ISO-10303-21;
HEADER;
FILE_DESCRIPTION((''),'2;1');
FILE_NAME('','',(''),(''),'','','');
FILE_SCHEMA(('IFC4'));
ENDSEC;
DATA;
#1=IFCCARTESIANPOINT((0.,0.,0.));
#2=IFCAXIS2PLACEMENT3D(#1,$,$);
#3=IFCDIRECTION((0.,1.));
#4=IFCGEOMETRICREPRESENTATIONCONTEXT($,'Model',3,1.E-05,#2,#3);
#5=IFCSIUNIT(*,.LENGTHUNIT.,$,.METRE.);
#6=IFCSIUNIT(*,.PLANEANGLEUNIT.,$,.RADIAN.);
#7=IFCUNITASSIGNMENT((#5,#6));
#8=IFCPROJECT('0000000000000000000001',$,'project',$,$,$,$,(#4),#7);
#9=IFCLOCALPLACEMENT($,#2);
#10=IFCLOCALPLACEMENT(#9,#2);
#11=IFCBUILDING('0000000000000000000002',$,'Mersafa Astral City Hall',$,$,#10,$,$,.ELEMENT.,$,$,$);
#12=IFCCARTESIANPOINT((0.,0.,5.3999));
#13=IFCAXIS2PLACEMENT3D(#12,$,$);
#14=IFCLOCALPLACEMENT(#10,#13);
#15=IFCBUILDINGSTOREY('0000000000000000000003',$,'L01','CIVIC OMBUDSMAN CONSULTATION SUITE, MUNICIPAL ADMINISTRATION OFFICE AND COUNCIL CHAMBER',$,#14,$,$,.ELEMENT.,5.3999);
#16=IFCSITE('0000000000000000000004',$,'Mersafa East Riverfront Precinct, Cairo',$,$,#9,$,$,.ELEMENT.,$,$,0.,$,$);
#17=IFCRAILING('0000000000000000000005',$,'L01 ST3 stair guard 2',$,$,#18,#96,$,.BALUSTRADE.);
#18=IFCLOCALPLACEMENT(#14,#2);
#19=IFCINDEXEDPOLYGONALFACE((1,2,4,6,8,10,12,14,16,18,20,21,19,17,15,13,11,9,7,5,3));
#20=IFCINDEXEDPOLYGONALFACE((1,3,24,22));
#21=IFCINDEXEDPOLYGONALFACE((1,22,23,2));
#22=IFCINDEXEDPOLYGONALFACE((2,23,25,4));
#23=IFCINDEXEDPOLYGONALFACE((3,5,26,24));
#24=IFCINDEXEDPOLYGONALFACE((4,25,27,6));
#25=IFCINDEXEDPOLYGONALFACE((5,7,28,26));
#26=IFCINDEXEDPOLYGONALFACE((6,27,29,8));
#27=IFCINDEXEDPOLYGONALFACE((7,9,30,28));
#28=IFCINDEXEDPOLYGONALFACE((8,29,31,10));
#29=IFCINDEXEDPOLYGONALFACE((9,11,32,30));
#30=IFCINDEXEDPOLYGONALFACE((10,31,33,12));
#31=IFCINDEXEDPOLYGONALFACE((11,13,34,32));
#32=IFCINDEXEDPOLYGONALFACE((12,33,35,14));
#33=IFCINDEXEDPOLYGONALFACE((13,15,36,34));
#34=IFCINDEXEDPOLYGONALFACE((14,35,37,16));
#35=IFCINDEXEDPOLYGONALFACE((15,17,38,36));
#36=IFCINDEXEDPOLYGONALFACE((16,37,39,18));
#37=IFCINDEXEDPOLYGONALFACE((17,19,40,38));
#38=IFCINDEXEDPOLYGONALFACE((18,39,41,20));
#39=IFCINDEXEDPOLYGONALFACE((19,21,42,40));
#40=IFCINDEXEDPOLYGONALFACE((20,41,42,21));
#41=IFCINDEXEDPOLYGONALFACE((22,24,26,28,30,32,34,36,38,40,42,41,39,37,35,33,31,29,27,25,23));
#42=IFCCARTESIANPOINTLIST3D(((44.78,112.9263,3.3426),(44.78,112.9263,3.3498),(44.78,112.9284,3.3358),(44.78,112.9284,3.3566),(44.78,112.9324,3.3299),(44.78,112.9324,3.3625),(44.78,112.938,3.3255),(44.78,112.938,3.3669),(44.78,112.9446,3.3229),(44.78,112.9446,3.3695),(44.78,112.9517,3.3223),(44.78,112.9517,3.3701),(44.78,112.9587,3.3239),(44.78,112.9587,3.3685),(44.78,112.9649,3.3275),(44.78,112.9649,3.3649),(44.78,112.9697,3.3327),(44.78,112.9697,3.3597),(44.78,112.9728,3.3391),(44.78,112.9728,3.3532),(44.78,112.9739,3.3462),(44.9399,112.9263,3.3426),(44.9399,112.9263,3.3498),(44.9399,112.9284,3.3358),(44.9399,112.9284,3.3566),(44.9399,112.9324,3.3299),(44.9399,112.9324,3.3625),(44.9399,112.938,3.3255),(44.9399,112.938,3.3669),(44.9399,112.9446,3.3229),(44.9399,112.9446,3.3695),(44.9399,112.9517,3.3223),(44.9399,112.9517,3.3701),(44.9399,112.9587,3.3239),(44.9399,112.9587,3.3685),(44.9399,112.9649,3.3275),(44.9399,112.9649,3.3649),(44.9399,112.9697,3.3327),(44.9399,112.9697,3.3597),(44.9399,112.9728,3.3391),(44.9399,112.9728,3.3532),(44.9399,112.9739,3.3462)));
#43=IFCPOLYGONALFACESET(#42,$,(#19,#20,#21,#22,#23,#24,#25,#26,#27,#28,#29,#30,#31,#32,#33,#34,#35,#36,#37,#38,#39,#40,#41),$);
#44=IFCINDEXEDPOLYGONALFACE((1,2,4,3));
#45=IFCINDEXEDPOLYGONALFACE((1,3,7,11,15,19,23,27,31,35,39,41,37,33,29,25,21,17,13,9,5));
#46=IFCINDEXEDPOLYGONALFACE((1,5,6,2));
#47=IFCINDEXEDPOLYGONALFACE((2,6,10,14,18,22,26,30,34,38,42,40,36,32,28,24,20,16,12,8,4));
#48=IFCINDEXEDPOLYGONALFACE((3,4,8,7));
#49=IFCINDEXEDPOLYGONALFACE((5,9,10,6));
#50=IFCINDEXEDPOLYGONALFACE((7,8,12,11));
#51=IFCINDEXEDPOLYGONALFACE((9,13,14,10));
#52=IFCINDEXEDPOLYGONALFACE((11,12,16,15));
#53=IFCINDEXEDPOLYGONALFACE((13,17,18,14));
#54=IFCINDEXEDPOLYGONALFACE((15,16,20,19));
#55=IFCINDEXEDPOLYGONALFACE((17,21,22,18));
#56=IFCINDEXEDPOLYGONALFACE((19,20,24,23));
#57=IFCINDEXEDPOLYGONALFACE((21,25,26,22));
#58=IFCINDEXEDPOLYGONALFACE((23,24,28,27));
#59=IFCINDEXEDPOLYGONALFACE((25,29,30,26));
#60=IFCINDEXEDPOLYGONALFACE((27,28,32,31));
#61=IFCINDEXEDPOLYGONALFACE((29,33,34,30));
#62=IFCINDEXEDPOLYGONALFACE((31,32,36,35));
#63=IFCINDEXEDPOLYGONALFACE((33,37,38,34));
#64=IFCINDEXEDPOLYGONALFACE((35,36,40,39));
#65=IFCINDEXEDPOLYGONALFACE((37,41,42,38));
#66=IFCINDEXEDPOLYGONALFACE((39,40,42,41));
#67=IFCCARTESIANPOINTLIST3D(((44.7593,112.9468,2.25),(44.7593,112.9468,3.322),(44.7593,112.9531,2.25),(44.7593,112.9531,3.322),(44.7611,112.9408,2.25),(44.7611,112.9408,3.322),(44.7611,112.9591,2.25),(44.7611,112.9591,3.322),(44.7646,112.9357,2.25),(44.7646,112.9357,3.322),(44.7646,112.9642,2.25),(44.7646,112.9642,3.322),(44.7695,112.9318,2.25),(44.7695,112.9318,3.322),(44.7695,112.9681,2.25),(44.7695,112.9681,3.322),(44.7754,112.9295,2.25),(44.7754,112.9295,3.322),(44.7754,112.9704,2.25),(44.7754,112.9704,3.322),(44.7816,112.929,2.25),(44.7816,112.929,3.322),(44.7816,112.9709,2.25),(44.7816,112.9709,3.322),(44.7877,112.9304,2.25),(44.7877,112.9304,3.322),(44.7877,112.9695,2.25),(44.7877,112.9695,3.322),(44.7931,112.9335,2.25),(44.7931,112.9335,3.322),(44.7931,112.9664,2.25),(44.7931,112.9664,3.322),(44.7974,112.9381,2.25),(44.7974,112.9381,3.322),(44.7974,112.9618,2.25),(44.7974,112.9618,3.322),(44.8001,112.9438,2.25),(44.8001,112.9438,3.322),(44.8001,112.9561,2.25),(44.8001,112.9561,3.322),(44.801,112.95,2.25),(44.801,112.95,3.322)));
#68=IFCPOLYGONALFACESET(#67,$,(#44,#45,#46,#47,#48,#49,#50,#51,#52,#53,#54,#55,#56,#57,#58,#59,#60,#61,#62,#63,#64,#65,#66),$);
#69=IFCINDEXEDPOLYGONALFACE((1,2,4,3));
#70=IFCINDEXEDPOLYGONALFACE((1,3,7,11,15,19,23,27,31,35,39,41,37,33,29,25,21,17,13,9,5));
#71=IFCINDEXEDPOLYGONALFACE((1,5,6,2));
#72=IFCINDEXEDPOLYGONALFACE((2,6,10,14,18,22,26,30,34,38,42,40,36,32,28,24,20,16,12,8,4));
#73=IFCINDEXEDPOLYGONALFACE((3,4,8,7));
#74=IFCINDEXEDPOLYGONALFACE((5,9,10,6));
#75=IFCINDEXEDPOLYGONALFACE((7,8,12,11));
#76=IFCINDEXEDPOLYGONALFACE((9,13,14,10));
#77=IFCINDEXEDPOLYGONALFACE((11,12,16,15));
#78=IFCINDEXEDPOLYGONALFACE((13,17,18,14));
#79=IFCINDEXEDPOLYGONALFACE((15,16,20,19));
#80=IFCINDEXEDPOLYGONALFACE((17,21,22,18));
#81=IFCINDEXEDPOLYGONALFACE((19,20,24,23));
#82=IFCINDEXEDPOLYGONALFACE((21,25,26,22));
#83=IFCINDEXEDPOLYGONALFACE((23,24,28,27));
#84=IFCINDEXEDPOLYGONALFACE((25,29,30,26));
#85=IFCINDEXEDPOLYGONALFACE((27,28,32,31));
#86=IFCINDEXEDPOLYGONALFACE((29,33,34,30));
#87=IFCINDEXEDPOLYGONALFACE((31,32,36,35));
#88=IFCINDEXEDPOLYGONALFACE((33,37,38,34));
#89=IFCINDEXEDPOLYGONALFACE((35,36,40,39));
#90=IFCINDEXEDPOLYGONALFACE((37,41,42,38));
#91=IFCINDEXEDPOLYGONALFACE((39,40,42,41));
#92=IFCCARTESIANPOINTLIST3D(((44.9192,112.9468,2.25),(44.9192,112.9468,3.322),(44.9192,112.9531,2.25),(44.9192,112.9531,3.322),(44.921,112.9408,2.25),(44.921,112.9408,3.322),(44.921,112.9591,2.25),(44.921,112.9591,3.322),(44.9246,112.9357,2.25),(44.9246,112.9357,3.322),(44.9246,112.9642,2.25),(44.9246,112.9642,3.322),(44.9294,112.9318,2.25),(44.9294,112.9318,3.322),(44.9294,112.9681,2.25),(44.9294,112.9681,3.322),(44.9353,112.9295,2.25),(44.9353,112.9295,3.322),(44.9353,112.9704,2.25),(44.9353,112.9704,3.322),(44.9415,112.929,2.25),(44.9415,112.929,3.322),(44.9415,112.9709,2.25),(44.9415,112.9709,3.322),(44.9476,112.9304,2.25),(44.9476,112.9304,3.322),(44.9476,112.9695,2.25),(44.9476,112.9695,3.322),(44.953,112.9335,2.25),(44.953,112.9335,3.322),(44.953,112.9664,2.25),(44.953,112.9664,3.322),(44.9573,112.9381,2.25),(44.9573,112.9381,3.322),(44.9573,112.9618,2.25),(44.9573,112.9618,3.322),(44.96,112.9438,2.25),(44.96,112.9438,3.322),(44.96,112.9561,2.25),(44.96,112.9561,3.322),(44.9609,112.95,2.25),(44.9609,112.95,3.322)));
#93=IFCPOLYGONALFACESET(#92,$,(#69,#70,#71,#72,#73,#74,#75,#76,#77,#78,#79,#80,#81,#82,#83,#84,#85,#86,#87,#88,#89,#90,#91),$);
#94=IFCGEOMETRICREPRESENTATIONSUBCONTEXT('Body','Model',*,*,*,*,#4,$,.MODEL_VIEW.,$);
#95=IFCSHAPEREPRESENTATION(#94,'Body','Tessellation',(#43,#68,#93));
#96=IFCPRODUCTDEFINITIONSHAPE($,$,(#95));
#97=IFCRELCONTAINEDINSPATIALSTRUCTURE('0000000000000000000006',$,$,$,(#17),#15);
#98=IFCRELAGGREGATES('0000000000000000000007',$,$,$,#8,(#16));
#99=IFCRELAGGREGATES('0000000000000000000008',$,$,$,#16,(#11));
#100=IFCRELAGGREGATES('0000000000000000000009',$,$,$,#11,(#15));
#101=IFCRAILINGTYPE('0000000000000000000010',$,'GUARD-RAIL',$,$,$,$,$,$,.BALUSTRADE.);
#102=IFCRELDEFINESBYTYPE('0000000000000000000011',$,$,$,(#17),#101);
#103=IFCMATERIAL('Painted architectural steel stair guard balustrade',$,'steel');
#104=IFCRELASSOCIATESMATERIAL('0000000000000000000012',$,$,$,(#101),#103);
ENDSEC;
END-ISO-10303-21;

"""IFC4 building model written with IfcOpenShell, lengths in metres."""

from ifc_helpers import new_model, si_unit, direction, frame, origin, origin_2d, place, context, subcontext, project, spatial, circle, extrude, material, type_object, element, save


model = new_model("IFC4")

# Units and contexts
model_context = context("Model", 3, precision=1e-05, world=origin(), true_north=direction((0.0, 1.0)))
body_context = subcontext(model_context, "Body", "Model", "MODEL_VIEW")
ifc_project = project(units=[si_unit("LENGTHUNIT", "METRE"), si_unit("PLANEANGLEUNIT", "RADIAN")], contexts=[model_context])

# Site, building, storey
site_placement = place(None, origin())
site = spatial("IfcSite", under=ifc_project, at=site_placement, Name="Mersafa East Riverfront Precinct, Cairo", CompositionType="ELEMENT", RefElevation=0.0)
building_placement = place(site_placement, origin())
building = spatial("IfcBuilding", under=site, at=building_placement, Name="Mersafa Astral City Hall", CompositionType="ELEMENT")
storey_placement = place(building_placement, frame((0.0, 0.0, 5.3999)))
storey = spatial("IfcBuildingStorey", under=building, at=storey_placement, Name="L01", Description="CIVIC OMBUDSMAN CONSULTATION SUITE, MUNICIPAL ADMINISTRATION OFFICE AND COUNCIL CHAMBER", CompositionType="ELEMENT", Elevation=5.3999)

# Railing
ifc_material_1 = material(Name="Painted architectural steel stair guard balustrade", Category="steel")
railing_type_1 = type_object("IfcRailingType", Name="GUARD-RAIL", PredefinedType="BALUSTRADE", material=ifc_material_1)
railing_1_placement = place(storey_placement, frame((44.78, 112.95, 2.25)))
element("IfcRailing", 1, at=railing_1_placement, inside=storey, type_object=railing_type_1, Name="L01 ST3 stair guard 2", PredefinedType="BALUSTRADE", context=body_context, shape_type="SweptSolid", body=[
    extrude(circle(Radius=0.0239, at=origin_2d()), frame((0.0, 0.0, 1.0962), z_axis=(1.0, 0.0, 0.0), x_axis=(0.0, 1.0, 0.0)), (0.0, 0.0, 1.0), 0.1599),
    extrude(circle(Radius=0.021, at=origin_2d()), origin(), (0.0, 0.0, 1.0), 1.072),
    extrude(circle(Radius=0.021, at=origin_2d()), frame((0.1599, 0.0, 0.0)), (0.0, 0.0, 1.0), 1.072),
])

save(model, "model.ifc")
